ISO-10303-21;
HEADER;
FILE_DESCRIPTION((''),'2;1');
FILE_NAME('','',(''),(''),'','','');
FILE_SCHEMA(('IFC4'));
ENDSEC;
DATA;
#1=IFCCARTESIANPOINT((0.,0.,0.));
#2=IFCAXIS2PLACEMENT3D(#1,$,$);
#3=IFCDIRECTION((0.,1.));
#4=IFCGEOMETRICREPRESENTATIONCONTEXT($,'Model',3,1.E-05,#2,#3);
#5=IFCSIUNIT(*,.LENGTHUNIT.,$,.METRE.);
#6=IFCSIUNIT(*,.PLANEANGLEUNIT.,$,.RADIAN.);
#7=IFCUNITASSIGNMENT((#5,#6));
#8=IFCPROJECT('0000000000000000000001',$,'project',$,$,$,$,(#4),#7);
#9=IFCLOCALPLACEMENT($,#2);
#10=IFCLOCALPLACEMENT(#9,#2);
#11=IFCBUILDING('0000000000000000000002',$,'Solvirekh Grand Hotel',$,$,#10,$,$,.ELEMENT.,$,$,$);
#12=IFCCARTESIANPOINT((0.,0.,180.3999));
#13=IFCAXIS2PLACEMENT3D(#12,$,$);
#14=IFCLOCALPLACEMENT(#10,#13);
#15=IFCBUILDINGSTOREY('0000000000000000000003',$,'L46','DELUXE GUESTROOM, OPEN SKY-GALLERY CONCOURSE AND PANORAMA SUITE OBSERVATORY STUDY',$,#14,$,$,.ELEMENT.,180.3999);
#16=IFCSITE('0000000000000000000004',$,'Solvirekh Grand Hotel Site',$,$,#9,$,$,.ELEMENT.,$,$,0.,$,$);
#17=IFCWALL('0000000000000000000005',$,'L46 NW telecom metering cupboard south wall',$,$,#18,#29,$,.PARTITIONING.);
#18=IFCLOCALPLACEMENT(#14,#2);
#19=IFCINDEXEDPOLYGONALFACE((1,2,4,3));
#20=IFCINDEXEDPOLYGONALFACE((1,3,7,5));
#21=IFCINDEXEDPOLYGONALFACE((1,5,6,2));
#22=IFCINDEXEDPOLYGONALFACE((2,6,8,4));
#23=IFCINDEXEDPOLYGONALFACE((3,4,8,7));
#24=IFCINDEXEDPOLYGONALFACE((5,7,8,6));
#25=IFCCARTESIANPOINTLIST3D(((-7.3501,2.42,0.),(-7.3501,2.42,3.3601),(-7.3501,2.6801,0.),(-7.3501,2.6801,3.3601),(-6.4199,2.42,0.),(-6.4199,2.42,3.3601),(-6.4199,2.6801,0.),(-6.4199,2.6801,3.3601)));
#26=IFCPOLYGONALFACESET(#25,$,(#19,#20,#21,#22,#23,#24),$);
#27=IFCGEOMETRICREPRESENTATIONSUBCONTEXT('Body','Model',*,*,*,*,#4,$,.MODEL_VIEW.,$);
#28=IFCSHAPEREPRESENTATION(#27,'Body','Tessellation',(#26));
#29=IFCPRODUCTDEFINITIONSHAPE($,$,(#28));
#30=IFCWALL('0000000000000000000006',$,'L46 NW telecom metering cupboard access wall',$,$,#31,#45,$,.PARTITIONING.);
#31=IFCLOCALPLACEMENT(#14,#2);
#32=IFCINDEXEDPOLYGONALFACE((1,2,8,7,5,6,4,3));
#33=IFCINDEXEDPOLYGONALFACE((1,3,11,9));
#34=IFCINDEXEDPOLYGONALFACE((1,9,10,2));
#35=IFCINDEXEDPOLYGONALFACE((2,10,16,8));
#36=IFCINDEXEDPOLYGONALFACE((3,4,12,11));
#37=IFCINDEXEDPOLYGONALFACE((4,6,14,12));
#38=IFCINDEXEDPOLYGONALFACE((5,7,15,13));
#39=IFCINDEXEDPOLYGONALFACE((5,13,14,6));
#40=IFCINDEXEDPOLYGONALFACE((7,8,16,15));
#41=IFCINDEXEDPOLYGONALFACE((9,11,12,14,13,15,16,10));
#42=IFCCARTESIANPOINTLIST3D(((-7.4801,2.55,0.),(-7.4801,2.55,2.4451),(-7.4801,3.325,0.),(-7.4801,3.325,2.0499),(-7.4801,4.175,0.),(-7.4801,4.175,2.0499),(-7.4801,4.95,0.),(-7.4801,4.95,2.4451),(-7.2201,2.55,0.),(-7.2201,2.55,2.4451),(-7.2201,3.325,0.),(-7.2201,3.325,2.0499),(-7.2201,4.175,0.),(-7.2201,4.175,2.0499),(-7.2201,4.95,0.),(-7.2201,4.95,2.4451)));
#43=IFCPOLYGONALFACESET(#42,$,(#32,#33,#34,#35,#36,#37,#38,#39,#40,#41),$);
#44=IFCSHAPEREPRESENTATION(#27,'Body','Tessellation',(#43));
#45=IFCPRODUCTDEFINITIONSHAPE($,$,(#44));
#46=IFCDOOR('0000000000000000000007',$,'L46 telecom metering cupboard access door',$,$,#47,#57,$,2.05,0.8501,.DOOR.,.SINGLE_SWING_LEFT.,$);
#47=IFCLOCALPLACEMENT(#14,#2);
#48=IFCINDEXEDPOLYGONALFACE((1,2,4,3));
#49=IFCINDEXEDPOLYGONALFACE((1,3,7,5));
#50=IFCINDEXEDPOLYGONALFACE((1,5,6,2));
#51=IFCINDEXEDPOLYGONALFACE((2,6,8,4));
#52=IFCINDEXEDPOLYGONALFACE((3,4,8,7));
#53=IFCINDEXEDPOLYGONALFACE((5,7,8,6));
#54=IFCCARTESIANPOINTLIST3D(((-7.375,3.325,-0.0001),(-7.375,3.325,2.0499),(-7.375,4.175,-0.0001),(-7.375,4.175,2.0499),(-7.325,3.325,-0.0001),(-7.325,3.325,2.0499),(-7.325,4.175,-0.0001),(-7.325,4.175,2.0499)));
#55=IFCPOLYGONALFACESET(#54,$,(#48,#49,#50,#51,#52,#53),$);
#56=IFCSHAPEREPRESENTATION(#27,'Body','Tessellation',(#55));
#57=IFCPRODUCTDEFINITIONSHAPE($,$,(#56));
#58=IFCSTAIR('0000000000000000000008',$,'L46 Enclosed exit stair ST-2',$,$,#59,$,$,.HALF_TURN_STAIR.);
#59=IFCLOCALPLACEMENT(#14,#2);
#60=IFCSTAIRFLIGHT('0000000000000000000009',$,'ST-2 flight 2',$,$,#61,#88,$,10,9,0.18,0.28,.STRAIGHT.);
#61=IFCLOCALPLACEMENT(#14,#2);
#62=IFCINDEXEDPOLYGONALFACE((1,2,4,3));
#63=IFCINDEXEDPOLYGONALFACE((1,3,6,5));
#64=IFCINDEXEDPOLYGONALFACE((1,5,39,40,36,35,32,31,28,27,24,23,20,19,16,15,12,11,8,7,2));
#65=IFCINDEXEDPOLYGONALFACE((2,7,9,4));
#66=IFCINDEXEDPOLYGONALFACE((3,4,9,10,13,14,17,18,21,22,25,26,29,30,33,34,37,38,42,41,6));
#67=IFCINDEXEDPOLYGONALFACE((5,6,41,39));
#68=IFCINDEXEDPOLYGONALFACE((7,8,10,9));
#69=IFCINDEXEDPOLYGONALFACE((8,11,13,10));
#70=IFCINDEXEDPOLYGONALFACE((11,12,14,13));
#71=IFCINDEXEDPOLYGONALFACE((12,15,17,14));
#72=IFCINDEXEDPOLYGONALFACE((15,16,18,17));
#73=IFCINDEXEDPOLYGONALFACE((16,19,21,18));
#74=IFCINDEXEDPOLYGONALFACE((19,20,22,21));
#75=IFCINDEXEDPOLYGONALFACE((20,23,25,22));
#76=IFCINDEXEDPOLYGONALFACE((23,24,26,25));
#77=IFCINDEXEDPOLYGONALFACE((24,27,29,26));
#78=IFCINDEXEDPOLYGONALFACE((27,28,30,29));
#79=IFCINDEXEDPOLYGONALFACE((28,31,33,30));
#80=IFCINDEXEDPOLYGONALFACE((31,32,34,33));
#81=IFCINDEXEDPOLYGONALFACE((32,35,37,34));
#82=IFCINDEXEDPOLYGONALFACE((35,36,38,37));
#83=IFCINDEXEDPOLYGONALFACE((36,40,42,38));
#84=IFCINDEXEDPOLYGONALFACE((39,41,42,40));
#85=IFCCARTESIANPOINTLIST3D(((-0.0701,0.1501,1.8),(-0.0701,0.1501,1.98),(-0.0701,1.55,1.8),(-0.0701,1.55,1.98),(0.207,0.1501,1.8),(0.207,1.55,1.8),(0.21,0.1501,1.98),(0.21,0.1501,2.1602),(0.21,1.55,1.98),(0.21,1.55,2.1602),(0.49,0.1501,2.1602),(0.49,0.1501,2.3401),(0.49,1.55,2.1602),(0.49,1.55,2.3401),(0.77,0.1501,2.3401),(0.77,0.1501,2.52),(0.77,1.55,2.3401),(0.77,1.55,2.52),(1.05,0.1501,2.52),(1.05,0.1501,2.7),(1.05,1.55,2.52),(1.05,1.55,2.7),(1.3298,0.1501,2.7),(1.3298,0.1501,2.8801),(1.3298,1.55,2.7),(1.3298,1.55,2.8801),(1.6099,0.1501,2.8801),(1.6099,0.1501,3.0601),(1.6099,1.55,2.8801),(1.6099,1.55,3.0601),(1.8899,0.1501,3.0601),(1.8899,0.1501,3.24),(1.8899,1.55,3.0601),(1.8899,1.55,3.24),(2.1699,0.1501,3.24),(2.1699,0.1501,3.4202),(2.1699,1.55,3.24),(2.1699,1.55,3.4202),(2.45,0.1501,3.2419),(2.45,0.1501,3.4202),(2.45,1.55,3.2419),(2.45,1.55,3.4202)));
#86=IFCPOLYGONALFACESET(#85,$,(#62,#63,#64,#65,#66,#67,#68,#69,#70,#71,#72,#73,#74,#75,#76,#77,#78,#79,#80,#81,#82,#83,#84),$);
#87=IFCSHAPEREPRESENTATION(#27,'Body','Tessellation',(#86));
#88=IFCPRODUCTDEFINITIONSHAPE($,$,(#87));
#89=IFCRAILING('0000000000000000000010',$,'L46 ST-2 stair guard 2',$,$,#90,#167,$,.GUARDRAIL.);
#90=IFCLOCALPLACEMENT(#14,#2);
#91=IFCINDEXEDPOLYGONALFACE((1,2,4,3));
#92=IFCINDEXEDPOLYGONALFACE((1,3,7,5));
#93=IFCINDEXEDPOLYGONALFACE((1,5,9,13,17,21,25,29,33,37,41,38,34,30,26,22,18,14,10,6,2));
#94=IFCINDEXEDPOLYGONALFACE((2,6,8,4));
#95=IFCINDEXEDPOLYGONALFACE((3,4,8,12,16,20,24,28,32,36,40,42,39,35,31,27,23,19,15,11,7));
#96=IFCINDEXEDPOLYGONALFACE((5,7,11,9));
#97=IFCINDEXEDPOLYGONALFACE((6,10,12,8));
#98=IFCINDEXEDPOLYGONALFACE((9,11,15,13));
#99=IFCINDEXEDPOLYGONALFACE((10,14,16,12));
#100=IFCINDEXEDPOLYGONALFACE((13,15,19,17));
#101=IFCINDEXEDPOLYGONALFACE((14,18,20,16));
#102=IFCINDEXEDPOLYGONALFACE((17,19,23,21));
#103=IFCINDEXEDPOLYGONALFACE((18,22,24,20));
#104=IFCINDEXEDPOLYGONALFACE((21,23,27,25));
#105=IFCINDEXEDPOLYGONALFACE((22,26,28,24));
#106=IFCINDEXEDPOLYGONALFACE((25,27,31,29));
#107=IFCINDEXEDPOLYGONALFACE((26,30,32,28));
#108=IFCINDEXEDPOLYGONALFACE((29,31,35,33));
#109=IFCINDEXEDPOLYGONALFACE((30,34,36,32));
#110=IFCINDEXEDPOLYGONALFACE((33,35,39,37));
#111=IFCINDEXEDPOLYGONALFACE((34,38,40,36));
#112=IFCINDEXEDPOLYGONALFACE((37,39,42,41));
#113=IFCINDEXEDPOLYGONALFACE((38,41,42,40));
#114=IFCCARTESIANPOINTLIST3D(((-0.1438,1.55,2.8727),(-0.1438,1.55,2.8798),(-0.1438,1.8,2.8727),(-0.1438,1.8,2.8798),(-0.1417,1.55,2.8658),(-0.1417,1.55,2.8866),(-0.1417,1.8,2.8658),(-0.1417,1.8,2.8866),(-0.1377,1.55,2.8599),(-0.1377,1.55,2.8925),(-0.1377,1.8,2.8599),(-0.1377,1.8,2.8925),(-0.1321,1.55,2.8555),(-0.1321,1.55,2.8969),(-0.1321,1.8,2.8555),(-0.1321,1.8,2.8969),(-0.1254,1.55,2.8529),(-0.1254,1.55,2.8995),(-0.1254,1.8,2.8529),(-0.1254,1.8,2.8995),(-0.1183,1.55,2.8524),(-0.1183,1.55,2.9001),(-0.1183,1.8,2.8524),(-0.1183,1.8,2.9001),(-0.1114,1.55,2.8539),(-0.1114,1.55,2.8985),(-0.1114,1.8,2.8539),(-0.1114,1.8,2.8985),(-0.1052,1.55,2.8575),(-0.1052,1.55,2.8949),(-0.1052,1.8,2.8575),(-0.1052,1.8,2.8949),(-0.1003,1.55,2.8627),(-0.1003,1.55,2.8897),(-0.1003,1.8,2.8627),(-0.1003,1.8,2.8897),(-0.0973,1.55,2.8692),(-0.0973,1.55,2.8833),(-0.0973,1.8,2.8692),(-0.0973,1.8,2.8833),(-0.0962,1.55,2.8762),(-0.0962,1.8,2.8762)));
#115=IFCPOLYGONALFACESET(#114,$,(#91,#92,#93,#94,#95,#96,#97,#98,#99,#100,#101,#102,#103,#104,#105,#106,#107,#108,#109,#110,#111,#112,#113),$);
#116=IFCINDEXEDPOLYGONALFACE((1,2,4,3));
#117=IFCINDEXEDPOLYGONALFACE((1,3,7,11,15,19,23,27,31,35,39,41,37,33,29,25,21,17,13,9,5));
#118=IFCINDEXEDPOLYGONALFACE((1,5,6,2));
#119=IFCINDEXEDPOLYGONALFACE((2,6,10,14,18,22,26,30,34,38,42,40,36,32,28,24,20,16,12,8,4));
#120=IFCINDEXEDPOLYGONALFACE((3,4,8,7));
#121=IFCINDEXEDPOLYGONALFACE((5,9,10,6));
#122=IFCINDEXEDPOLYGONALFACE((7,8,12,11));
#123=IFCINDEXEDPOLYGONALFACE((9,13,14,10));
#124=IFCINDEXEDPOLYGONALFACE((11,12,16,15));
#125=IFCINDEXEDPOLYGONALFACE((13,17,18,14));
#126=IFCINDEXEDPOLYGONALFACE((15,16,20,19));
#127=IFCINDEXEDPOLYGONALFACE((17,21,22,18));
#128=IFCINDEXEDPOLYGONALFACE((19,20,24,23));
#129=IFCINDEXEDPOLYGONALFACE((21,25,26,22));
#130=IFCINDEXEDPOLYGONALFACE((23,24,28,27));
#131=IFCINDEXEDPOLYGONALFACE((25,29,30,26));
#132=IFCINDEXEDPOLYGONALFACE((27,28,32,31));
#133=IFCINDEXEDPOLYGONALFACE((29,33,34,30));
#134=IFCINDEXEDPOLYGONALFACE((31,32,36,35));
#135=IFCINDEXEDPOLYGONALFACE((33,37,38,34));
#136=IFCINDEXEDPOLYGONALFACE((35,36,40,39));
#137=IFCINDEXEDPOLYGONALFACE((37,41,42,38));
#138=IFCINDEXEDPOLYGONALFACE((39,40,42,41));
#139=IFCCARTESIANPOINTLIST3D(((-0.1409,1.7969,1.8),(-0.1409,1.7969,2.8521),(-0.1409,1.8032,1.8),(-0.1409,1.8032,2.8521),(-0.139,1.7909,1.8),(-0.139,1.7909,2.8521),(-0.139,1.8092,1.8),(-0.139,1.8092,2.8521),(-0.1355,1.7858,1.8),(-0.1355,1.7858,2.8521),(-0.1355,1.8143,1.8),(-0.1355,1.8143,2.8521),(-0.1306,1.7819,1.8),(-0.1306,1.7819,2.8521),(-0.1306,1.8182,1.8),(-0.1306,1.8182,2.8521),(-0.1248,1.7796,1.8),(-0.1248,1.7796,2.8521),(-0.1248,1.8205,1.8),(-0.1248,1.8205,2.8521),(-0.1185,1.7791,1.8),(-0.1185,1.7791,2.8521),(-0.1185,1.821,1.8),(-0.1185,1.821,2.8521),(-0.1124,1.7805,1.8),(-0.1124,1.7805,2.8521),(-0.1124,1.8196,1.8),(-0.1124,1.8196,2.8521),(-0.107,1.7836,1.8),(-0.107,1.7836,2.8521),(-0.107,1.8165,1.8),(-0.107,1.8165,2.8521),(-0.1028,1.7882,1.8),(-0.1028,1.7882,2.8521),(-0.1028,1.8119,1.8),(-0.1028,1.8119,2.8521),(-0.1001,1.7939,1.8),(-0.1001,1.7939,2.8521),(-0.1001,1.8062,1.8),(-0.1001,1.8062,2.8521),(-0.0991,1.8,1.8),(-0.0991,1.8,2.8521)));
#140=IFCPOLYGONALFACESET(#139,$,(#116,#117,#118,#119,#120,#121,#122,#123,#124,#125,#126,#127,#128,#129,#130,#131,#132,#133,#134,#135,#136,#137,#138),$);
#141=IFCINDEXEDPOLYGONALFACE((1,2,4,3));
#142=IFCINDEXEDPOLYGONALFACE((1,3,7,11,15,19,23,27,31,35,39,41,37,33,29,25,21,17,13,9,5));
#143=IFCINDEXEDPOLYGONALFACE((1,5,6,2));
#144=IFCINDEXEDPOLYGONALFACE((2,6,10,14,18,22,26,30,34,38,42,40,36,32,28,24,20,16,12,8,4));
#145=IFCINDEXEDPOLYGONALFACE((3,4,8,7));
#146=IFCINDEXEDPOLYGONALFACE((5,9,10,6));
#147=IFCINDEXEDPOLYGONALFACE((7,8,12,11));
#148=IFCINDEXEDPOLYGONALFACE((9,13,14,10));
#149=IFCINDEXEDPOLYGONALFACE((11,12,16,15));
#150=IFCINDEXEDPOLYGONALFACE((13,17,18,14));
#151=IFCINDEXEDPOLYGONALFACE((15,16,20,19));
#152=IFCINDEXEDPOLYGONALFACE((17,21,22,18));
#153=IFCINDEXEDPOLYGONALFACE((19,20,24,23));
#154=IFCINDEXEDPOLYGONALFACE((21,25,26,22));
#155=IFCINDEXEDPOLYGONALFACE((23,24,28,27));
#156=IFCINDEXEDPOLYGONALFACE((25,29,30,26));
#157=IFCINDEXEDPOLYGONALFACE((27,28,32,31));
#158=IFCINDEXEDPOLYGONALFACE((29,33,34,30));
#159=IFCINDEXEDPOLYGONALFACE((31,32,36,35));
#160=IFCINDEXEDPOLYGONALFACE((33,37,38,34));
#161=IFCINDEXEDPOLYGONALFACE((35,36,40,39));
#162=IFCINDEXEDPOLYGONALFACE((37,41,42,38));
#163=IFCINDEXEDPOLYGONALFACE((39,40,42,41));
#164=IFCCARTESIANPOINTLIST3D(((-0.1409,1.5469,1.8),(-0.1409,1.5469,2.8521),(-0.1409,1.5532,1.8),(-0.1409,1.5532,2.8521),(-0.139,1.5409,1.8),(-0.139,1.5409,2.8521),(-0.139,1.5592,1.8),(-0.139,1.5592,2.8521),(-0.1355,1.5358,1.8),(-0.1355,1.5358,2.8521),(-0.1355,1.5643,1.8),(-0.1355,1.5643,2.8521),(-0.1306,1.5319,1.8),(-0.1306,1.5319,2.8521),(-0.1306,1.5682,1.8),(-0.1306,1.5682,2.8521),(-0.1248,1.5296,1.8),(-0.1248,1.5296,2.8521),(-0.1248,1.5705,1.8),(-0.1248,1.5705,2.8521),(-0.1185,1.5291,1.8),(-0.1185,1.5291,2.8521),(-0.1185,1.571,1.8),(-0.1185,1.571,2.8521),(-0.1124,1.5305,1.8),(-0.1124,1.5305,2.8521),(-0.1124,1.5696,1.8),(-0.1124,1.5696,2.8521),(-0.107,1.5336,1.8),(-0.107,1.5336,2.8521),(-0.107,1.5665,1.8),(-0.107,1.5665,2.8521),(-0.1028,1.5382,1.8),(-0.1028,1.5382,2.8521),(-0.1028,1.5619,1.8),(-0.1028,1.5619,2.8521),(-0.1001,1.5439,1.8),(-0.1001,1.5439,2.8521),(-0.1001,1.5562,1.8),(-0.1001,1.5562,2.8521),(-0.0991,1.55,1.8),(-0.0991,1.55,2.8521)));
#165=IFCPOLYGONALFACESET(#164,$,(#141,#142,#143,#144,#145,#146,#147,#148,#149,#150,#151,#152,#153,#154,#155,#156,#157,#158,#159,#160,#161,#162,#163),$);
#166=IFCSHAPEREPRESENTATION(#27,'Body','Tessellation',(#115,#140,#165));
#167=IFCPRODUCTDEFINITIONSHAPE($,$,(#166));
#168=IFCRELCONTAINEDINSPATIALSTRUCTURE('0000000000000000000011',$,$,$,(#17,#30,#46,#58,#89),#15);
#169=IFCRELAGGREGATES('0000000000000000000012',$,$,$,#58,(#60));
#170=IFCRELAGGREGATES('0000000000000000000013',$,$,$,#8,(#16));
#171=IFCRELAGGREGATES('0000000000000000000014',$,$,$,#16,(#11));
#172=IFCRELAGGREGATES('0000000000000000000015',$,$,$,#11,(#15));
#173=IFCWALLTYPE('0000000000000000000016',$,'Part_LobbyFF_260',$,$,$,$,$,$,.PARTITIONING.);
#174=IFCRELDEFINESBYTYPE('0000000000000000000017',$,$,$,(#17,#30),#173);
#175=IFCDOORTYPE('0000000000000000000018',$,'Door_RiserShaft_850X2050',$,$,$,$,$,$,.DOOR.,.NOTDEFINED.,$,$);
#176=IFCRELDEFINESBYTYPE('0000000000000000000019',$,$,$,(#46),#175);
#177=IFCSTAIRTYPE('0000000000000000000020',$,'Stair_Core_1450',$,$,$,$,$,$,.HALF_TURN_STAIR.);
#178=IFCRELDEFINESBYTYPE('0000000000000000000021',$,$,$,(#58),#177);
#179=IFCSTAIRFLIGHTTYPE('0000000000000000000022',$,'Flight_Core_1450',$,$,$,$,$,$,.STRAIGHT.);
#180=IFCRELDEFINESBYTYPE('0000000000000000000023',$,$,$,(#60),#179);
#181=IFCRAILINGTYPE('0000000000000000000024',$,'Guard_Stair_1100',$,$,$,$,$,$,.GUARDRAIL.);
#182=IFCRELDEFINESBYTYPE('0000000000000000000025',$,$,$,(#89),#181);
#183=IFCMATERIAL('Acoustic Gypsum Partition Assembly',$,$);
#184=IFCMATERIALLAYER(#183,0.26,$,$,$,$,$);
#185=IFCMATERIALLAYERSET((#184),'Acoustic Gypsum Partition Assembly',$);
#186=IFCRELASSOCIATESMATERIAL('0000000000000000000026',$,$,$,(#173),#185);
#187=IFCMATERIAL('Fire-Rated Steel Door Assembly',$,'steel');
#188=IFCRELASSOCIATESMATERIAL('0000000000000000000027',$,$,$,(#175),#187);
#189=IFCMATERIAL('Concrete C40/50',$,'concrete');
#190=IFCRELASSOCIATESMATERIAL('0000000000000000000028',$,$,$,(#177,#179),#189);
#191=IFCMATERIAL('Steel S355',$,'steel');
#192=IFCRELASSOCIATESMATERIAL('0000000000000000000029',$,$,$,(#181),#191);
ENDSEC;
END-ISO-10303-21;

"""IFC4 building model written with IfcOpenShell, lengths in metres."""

from ifc_helpers import new_model, si_unit, direction, frame, frame_2d, origin, origin_2d, place, context, subcontext, project, spatial, polyline, rectangle, circle, outline, extrude, material, layer, layer_set, type_object, element, fill, aggregate, save


model = new_model("IFC4")

# Units and contexts
model_context = context("Model", 3, precision=1e-05, world=origin(), true_north=direction((0.0, 1.0)))
body_context = subcontext(model_context, "Body", "Model", "MODEL_VIEW")
ifc_project = project(units=[si_unit("LENGTHUNIT", "METRE"), si_unit("PLANEANGLEUNIT", "RADIAN")], contexts=[model_context])

# Site, building, storey
site_placement = place(None, origin())
site = spatial("IfcSite", under=ifc_project, at=site_placement, Name="Solvirekh Grand Hotel Site", CompositionType="ELEMENT", RefElevation=0.0)
building_placement = place(site_placement, origin())
building = spatial("IfcBuilding", under=site, at=building_placement, Name="Solvirekh Grand Hotel", CompositionType="ELEMENT")
storey_placement = place(building_placement, frame((0.0, 0.0, 180.3999)))
storey = spatial("IfcBuildingStorey", under=building, at=storey_placement, Name="L46", Description="DELUXE GUESTROOM, OPEN SKY-GALLERY CONCOURSE AND PANORAMA SUITE OBSERVATORY STUDY", CompositionType="ELEMENT", Elevation=180.3999)

# Shared definitions
ifc_material_1 = material(Name="Concrete C40/50", Category="concrete")
ifc_material_2 = material(Name="Fire-Rated Steel Door Assembly", Category="steel")

# Wall
ifc_material_3 = material(Name="Acoustic Gypsum Partition Assembly")
ifc_layer_1 = layer(ifc_material_3, 0.26)
ifc_layer_set_1 = layer_set([ifc_layer_1], Name="Acoustic Gypsum Partition Assembly")
wall_type_1 = type_object("IfcWallType", Name="Part_LobbyFF_260", PredefinedType="PARTITIONING", material=ifc_layer_set_1)
for number, where, z_axis, x_axis, name in (
    (1, (-7.3501, 2.55, 0.0), (0.0, 0.0, 1.0), (1.0, 0.0, 0.0), "L46 NW telecom metering cupboard south wall"),
):
    element("IfcWall", number, at=place(storey_placement, frame(where, z_axis=z_axis, x_axis=x_axis)), inside=storey, type_object=wall_type_1, Name=name, PredefinedType="PARTITIONING", context=body_context, shape_type="SweptSolid", body=[
        extrude(rectangle(XDim=0.9302, YDim=0.26, at=frame_2d((0.4651, 0.0))), origin(), (0.0, 0.0, 1.0), 3.3601),
    ])

# Wall, opening, door
wall_1_placement = place(storey_placement, frame((-7.3501, 2.55, 0.0), z_axis=(0.0, 0.0, 1.0), x_axis=(0.0, 1.0, 0.0)))
wall_1 = element("IfcWall", 2, at=wall_1_placement, inside=storey, type_object=wall_type_1, Name="L46 NW telecom metering cupboard access wall", PredefinedType="PARTITIONING", context=body_context, shape_type="SweptSolid", body=[
    extrude(rectangle(XDim=2.3999, YDim=0.26, at=frame_2d((1.2, 0.0))), origin(), (0.0, 0.0, 1.0), 2.4451),
])
opening_1_placement = place(wall_1_placement, frame((0.7749, 0.0, 0.0)))
opening_1 = element("IfcOpeningElement", 3, at=opening_1_placement, cuts=wall_1, PredefinedType="OPENING", context=body_context, shape_type="SweptSolid", body=[
    extrude(rectangle(XDim=0.8501, YDim=2.05, at=frame_2d((0.425, 1.0249))), frame((0.0, 0.1401, 0.0), z_axis=(0.0, -1.0, 0.0), x_axis=(1.0, 0.0, 0.0)), (0.0, 0.0, 1.0), 0.28),
])
door_type_1 = type_object("IfcDoorType", Name="Door_RiserShaft_850X2050", OperationType="NOTDEFINED", PredefinedType="DOOR", material=ifc_material_2)
door_1_placement = place(opening_1_placement, origin())
door_1 = element("IfcDoor", 4, at=door_1_placement, inside=storey, type_object=door_type_1, Name="L46 telecom metering cupboard access door", OperationType="SINGLE_SWING_LEFT", OverallHeight=2.05, OverallWidth=0.8501, PredefinedType="DOOR", context=body_context, shape_type="SweptSolid", body=[
    extrude(rectangle(XDim=0.8501, YDim=2.05, at=frame_2d((0.425, 1.0249))), frame((0.0, 0.0249, 0.0), z_axis=(0.0, -1.0, 0.0), x_axis=(1.0, 0.0, 0.0)), (0.0, 0.0, 1.0), 0.05),
])
fill(opening_1, door_1)

# Stair, stair flight
stair_type = type_object("IfcStairType", Name="Stair_Core_1450", PredefinedType="HALF_TURN_STAIR", material=ifc_material_1)
stair_placement = place(storey_placement, origin())
stair = element("IfcStair", 5, at=stair_placement, inside=storey, type_object=stair_type, Name="L46 Enclosed exit stair ST-2", PredefinedType="HALF_TURN_STAIR")
stair_flight_type = type_object("IfcStairFlightType", Name="Flight_Core_1450", PredefinedType="STRAIGHT", material=ifc_material_1)
stair_flight_placement = place(storey_placement, frame((-0.0701, 0.8501, 1.8), z_axis=(0.0, 0.0, 1.0), x_axis=(1.0, 0.0, 0.0)))
stair_flight = element("IfcStairFlight", 6, at=stair_flight_placement, type_object=stair_flight_type, Name="ST-2 flight 2", NumberOfRisers=10, NumberOfTreads=9, PredefinedType="STRAIGHT", RiserHeight=0.18, TreadLength=0.28, context=body_context, shape_type="SweptSolid", body=[
    extrude(outline(polyline([(0.0, 0.0), (0.0, 0.1799), (0.28, 0.1799), (0.28, 0.3601), (0.5601, 0.3601), (0.5601, 0.54), (0.8401, 0.54), (0.8401, 0.72), (1.1201, 0.72), (1.1201, 0.8999), (1.3999, 0.8999), (1.3999, 1.0801), (1.6799, 1.0801), (1.6799, 1.26), (1.96, 1.26), (1.96, 1.4399), (2.24, 1.4399), (2.24, 1.6201), (2.52, 1.6201), (2.52, 1.8), (2.52, 1.4419), (0.2771, 0.0), (0.0, 0.0)])), frame((0.0, 0.7, 0.0), z_axis=(0.0, -1.0, 0.0), x_axis=(1.0, 0.0, 0.0)), (0.0, 0.0, 1.0), 1.3999),
])
aggregate(stair, [stair_flight])

# Railing
ifc_material_4 = material(Name="Steel S355", Category="steel")
railing_type_1 = type_object("IfcRailingType", Name="Guard_Stair_1100", PredefinedType="GUARDRAIL", material=ifc_material_4)
railing_1_placement = place(storey_placement, frame((-0.1201, 1.8, 1.8)))
element("IfcRailing", 7, at=railing_1_placement, inside=storey, type_object=railing_type_1, Name="L46 ST-2 stair guard 2", PredefinedType="GUARDRAIL", context=body_context, shape_type="SweptSolid", body=[
    extrude(circle(Radius=0.0239, at=origin_2d()), frame((0.0, 0.0, 1.0762), z_axis=(0.0, -1.0, 0.0), x_axis=(1.0, 0.0, 0.0)), (0.0, 0.0, 1.0), 0.25),
    extrude(circle(Radius=0.021, at=origin_2d()), origin(), (0.0, 0.0, 1.0), 1.052),
    extrude(circle(Radius=0.021, at=origin_2d()), frame((0.0, -0.25, 0.0)), (0.0, 0.0, 1.0), 1.052),
])

save(model, "model.ifc")
